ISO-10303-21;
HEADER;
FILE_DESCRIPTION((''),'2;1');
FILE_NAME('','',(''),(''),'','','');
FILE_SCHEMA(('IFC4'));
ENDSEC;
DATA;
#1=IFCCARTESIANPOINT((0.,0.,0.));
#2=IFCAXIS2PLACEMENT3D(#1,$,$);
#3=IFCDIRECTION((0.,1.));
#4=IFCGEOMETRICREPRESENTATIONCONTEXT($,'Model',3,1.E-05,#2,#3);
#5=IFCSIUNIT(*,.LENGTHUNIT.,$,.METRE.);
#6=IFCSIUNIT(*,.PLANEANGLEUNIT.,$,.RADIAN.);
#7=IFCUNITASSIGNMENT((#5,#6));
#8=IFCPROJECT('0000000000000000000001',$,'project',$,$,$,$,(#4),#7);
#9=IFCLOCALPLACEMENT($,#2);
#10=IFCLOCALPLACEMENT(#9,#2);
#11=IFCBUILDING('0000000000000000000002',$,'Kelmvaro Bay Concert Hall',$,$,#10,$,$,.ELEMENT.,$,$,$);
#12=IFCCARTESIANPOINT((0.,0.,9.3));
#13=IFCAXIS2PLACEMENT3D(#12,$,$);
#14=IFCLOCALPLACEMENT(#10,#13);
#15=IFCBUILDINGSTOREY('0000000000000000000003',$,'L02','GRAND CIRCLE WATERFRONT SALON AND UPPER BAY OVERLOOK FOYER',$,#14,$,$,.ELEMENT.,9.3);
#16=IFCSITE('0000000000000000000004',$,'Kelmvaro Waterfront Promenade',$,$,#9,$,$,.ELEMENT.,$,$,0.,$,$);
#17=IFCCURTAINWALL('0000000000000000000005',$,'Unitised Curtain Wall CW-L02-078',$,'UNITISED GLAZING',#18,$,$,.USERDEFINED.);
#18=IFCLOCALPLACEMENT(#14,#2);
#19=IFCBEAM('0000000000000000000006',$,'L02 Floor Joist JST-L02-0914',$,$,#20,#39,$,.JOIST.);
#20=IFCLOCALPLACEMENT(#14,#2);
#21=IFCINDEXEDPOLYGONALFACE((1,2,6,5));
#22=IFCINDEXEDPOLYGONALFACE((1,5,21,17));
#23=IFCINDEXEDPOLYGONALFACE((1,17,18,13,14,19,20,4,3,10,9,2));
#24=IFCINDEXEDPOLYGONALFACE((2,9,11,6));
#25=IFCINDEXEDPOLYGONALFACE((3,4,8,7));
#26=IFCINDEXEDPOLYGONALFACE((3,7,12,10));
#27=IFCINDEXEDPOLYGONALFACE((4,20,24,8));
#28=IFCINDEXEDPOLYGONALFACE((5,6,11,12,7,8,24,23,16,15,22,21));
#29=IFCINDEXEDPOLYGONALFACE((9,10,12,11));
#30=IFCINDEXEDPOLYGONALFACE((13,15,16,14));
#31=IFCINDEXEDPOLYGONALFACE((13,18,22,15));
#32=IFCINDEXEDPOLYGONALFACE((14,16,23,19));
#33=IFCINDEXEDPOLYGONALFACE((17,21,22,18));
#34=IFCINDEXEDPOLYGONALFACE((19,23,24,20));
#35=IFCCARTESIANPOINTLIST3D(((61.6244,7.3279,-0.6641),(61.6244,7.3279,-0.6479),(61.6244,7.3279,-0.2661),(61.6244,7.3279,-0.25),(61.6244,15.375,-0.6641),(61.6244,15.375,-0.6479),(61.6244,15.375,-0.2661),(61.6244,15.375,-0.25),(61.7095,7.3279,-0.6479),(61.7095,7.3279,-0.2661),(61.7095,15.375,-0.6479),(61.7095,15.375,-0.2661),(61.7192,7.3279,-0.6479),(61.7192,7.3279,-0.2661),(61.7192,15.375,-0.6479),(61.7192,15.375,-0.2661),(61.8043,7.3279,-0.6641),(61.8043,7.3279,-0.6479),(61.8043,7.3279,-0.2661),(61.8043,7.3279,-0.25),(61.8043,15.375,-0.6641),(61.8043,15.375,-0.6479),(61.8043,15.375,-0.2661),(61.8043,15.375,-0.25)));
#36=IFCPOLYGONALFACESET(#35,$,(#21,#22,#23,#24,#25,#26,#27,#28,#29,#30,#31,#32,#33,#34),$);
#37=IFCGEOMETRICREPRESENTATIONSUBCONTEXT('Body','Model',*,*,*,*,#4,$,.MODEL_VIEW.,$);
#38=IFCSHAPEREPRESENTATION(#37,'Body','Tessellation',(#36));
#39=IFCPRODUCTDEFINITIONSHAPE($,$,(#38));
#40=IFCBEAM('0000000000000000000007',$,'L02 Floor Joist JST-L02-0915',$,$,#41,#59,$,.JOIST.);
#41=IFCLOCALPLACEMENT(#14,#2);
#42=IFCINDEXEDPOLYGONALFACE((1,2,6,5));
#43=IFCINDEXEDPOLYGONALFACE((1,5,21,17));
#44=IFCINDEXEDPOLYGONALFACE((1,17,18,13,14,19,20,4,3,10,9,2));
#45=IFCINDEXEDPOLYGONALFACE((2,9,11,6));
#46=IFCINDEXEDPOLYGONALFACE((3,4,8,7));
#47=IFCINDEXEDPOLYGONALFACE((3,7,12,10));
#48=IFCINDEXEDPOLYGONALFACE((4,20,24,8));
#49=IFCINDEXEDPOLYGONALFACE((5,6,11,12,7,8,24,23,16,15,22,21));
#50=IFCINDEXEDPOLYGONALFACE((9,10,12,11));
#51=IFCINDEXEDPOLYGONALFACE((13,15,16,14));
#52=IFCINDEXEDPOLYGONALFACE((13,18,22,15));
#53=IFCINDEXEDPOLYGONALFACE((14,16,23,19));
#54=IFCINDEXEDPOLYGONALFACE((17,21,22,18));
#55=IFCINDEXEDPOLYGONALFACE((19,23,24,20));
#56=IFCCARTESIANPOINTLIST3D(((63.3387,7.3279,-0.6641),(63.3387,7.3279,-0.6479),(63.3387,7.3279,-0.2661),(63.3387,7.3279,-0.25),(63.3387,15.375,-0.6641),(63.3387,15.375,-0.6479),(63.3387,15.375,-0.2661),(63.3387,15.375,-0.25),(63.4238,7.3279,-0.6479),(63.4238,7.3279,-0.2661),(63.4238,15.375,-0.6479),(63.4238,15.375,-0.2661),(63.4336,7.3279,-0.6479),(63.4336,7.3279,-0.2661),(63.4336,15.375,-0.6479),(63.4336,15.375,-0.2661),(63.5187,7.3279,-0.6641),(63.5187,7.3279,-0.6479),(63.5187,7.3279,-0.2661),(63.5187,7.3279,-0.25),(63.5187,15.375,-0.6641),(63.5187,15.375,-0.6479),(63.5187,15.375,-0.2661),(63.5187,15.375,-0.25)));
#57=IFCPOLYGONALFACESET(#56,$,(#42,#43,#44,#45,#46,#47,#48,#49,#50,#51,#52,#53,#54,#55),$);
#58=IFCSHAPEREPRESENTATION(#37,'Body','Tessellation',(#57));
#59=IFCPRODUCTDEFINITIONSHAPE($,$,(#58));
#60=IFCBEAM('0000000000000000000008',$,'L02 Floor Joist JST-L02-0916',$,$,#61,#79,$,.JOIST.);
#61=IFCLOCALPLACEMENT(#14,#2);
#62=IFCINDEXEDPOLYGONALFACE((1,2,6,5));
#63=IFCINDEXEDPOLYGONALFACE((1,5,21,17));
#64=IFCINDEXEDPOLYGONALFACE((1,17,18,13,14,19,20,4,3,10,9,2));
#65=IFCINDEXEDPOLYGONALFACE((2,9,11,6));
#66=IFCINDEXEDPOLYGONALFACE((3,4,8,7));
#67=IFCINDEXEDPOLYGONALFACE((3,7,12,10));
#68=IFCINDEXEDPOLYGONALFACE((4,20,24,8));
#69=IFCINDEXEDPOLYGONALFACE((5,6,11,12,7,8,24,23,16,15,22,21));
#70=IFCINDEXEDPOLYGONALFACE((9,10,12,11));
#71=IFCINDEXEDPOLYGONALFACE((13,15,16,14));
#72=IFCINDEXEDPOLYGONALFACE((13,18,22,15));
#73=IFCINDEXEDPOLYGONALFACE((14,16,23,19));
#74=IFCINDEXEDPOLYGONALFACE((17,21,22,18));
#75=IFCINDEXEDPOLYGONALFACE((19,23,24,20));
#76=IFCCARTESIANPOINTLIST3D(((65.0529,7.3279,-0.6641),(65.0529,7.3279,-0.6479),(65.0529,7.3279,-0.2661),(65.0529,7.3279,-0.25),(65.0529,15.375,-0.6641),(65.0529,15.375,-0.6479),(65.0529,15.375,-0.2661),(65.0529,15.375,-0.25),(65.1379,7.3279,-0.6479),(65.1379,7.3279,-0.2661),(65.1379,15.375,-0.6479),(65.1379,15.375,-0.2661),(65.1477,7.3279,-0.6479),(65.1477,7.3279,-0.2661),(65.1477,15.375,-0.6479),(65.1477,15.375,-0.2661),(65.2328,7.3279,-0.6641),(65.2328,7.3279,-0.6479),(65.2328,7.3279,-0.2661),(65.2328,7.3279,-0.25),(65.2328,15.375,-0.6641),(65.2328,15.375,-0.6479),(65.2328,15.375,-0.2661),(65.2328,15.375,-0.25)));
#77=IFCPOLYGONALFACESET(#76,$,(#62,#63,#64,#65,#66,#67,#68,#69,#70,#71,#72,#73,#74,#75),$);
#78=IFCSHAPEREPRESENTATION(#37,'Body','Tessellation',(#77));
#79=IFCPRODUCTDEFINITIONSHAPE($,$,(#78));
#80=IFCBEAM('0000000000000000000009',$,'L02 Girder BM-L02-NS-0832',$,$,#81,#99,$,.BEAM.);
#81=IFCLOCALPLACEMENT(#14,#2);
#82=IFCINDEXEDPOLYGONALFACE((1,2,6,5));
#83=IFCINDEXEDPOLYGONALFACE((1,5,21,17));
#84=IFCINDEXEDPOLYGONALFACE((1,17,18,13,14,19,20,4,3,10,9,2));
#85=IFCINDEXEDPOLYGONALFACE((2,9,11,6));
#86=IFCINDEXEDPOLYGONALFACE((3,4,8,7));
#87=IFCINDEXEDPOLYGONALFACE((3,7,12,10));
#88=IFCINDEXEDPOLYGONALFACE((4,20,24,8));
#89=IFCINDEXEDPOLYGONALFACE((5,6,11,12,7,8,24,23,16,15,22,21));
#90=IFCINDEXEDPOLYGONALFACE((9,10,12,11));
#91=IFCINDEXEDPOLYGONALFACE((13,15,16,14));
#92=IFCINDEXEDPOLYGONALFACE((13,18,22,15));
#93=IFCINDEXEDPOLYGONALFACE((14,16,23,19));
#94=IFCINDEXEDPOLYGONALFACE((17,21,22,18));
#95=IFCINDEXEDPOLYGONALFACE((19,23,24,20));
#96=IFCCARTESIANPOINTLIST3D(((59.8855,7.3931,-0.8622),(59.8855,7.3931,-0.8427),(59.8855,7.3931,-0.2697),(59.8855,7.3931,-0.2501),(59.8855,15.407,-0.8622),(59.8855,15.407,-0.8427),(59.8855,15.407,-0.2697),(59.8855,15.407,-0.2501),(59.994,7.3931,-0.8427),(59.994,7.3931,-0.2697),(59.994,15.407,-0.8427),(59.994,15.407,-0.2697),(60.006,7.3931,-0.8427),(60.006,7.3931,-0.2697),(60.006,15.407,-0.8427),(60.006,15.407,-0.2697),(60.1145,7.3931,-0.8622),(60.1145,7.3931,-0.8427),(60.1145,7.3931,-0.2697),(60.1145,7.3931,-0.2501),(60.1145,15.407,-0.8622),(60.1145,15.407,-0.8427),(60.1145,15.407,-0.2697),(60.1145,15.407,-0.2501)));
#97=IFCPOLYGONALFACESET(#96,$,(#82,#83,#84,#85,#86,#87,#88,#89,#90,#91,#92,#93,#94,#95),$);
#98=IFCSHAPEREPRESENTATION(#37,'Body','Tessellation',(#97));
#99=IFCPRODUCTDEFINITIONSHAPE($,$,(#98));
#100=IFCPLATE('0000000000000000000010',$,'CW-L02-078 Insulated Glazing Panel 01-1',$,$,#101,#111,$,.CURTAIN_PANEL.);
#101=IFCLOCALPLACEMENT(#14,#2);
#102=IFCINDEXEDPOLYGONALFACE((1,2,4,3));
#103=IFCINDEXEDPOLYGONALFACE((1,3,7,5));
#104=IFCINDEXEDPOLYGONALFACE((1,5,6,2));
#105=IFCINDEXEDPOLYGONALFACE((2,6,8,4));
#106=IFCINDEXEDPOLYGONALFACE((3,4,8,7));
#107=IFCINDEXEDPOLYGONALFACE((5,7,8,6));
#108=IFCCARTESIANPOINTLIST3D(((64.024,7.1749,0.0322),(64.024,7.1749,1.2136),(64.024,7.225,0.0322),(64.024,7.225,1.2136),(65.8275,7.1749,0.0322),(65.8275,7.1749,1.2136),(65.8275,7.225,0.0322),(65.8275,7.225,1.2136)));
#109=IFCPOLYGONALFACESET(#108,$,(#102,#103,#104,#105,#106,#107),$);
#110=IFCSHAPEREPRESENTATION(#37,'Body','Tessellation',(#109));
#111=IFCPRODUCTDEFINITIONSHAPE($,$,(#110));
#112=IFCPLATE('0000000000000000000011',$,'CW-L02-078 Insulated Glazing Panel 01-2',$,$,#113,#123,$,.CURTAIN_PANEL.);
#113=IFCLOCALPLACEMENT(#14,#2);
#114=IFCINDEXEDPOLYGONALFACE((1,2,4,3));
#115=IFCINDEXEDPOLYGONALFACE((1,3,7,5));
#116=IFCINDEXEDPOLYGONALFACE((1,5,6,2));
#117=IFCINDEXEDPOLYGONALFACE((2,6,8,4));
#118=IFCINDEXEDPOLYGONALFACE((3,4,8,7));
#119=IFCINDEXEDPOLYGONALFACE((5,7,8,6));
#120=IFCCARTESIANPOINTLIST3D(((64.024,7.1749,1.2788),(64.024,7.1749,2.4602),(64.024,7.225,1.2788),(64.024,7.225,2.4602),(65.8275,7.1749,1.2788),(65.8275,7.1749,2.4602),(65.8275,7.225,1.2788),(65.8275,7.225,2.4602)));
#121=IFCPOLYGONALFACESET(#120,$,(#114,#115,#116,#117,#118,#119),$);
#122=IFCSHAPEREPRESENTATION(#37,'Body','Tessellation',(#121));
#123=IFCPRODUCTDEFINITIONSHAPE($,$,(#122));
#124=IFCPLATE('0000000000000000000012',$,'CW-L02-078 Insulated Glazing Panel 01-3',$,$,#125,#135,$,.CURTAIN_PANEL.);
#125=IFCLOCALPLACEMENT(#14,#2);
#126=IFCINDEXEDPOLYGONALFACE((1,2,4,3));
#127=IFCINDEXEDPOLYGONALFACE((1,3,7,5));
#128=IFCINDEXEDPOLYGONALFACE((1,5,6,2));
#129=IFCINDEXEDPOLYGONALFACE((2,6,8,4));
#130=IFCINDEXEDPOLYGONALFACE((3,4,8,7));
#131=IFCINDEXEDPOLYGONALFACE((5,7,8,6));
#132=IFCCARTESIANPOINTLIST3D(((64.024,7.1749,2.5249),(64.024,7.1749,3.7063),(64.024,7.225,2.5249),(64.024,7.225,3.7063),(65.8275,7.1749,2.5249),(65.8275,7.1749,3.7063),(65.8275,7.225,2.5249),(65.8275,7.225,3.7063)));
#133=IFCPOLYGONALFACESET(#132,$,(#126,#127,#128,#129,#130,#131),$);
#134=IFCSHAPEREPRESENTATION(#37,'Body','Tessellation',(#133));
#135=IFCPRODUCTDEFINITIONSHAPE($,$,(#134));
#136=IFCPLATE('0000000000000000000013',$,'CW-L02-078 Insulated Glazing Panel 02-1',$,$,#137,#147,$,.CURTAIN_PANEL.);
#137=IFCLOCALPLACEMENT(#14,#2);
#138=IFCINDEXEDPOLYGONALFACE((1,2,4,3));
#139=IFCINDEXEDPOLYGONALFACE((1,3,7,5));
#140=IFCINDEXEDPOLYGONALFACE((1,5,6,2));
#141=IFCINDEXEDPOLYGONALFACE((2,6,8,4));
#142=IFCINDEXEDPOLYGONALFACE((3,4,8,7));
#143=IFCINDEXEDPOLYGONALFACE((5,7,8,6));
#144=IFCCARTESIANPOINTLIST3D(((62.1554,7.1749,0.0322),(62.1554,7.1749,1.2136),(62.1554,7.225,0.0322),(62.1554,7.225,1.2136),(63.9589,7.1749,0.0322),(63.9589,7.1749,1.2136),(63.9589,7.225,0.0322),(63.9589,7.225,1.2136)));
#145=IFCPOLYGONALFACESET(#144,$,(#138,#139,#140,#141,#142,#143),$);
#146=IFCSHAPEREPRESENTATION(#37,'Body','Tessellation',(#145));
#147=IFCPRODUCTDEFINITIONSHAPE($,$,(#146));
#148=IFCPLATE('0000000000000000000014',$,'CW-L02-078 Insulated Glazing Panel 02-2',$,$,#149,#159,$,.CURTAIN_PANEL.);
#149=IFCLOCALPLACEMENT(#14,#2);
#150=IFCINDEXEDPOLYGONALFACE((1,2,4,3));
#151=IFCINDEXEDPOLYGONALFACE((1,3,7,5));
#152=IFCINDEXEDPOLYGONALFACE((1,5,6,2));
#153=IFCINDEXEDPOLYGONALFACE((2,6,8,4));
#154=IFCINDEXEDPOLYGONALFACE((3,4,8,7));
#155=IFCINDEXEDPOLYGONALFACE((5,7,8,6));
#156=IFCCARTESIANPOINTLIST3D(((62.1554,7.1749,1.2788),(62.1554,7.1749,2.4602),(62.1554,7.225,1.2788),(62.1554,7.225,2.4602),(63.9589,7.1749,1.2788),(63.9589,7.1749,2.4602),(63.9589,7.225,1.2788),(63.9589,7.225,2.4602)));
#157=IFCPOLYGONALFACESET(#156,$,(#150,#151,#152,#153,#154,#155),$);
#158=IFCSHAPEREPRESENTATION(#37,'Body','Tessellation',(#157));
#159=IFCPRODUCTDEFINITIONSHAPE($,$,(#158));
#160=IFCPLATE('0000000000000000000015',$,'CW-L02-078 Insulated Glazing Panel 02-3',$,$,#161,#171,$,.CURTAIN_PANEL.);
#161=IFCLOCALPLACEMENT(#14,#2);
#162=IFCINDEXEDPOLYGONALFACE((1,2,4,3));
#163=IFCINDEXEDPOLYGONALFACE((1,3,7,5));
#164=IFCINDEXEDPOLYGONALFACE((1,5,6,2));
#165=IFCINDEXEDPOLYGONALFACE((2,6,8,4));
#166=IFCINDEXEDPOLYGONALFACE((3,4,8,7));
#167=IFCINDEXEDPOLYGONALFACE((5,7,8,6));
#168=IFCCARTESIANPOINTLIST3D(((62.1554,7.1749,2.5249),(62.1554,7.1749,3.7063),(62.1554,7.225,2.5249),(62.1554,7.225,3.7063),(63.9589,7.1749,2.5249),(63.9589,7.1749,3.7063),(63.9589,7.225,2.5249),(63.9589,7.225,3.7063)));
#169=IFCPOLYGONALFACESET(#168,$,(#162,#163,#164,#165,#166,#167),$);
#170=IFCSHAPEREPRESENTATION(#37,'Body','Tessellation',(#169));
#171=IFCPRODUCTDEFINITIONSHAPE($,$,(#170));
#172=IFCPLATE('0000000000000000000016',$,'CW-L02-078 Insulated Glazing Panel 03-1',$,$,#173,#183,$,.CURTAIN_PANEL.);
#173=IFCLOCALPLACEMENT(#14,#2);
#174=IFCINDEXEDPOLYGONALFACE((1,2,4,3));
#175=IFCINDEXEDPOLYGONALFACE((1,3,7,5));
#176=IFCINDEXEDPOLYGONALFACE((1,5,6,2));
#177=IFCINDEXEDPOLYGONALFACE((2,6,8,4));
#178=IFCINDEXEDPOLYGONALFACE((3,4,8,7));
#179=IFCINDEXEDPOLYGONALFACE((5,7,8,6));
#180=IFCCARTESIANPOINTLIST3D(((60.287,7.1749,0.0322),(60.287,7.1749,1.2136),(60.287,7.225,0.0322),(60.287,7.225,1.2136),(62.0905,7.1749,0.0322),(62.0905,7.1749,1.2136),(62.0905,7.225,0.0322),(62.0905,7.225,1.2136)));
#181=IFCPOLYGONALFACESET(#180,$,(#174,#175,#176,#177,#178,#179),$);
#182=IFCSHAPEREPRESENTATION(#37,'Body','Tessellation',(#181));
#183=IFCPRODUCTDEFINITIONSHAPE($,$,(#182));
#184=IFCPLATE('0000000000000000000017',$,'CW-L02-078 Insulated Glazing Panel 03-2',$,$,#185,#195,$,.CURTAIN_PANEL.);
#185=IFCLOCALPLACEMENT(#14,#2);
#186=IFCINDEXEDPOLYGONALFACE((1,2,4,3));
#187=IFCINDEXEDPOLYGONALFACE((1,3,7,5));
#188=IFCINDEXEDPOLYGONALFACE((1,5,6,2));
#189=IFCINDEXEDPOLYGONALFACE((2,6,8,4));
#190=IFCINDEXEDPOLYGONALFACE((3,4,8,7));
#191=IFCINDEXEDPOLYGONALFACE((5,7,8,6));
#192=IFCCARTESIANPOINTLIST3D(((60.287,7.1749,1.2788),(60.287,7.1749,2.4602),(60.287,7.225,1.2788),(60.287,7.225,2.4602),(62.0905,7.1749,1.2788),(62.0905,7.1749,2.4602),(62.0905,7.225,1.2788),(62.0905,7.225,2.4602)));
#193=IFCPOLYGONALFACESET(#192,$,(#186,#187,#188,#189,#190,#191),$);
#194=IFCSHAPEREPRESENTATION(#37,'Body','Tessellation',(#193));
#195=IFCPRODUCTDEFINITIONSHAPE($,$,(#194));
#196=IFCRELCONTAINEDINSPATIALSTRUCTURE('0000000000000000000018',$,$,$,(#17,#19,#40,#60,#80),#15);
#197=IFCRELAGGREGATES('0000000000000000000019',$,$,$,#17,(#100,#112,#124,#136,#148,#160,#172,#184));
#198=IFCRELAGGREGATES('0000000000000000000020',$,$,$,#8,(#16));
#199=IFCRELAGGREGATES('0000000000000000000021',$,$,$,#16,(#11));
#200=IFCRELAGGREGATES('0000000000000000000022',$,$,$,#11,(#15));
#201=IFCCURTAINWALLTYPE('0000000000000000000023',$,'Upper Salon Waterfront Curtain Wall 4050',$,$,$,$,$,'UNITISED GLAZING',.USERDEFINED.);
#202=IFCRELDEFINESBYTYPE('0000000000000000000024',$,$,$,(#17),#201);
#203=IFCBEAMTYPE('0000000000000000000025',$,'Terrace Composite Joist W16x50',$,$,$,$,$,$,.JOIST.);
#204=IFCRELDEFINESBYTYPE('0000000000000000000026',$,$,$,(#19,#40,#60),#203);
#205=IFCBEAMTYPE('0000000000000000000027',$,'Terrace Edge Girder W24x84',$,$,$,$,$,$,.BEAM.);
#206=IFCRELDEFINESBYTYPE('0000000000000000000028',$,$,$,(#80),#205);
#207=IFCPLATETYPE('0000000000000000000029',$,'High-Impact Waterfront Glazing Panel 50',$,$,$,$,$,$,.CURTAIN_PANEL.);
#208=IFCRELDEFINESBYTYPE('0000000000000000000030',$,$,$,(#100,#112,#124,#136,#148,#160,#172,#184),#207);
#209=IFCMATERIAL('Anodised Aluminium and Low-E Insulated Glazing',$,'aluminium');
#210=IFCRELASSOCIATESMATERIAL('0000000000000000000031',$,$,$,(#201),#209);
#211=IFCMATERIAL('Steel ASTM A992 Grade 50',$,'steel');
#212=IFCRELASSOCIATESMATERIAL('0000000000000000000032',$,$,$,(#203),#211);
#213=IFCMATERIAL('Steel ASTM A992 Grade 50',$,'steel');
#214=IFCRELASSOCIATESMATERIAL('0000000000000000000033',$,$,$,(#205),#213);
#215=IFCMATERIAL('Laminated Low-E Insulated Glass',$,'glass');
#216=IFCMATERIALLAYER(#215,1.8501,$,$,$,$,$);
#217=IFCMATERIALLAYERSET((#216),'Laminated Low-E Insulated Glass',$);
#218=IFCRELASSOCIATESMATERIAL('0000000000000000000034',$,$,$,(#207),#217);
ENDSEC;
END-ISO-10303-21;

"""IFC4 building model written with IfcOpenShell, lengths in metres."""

from ifc_helpers import new_model, si_unit, direction, frame, origin, origin_2d, place, context, subcontext, project, spatial, rectangle, i_section, extrude, material, layer, layer_set, material_profile, profile_set, type_object, element, aggregate, save


model = new_model("IFC4")

# Units and contexts
model_context = context("Model", 3, precision=1e-05, world=origin(), true_north=direction((0.0, 1.0)))
body_context = subcontext(model_context, "Body", "Model", "MODEL_VIEW")
ifc_project = project(units=[si_unit("LENGTHUNIT", "METRE"), si_unit("PLANEANGLEUNIT", "RADIAN")], contexts=[model_context])

# Site, building, storey
site_placement = place(None, origin())
site = spatial("IfcSite", under=ifc_project, at=site_placement, Name="Kelmvaro Waterfront Promenade", CompositionType="ELEMENT", RefElevation=0.0)
building_placement = place(site_placement, origin())
building = spatial("IfcBuilding", under=site, at=building_placement, Name="Kelmvaro Bay Concert Hall", CompositionType="ELEMENT")
storey_placement = place(building_placement, frame((0.0, 0.0, 9.3)))
storey = spatial("IfcBuildingStorey", under=building, at=storey_placement, Name="L02", Description="GRAND CIRCLE WATERFRONT SALON AND UPPER BAY OVERLOOK FOYER", CompositionType="ELEMENT", Elevation=9.3)

# Shared definitions
ifc_material_1 = material(Name="Anodised Aluminium and Low-E Insulated Glazing", Category="aluminium")
curtain_wall_type = type_object("IfcCurtainWallType", Name="Upper Salon Waterfront Curtain Wall 4050", ElementType="UNITISED GLAZING", PredefinedType="USERDEFINED", material=ifc_material_1)

# Curtain wall
curtain_wall_1_placement = place(storey_placement, origin())
curtain_wall_1 = element("IfcCurtainWall", 1, at=curtain_wall_1_placement, inside=storey, type_object=curtain_wall_type, Name="Unitised Curtain Wall CW-L02-078", ObjectType="UNITISED GLAZING", PredefinedType="USERDEFINED")

# Beams
ifc_material_2 = material(Name="Steel ASTM A992 Grade 50", Category="steel")
ifc_material_profile_1 = material_profile(ifc_material_2, i_section(OverallWidth=0.1799, OverallDepth=0.4141, WebThickness=0.0098, FlangeThickness=0.0161, at=origin_2d()), Name="W16X50")
ifc_profile_set_1 = profile_set([ifc_material_profile_1], Name="Steel ASTM A992 Grade 50")
beam_type_1 = type_object("IfcBeamType", Name="Terrace Composite Joist W16x50", PredefinedType="JOIST", material=ifc_profile_set_1)
for number, where, z_axis, x_axis, name in (
    (2, (61.7144, 7.3279, -0.457), (0.0, 1.0, 0.0), (-1.0, 0.0, 0.0), "L02 Floor Joist JST-L02-0914"),
    (3, (63.4287, 7.3279, -0.457), (0.0, 1.0, 0.0), (-1.0, 0.0, 0.0), "L02 Floor Joist JST-L02-0915"),
    (4, (65.1428, 7.3279, -0.457), (0.0, 1.0, 0.0), (-1.0, 0.0, 0.0), "L02 Floor Joist JST-L02-0916"),
):
    element("IfcBeam", number, at=place(storey_placement, frame(where, z_axis=z_axis, x_axis=x_axis)), inside=storey, type_object=beam_type_1, Name=name, PredefinedType="JOIST", context=body_context, shape_type="SweptSolid", body=[
        extrude(i_section(OverallWidth=0.1799, OverallDepth=0.4141, WebThickness=0.0098, FlangeThickness=0.0161, at=origin_2d()), origin(), (0.0, 0.0, 1.0), 8.0471),
    ])
ifc_material_3 = material(Name="Steel ASTM A992 Grade 50", Category="steel")
ifc_material_profile_2 = material_profile(ifc_material_3, i_section(OverallWidth=0.229, OverallDepth=0.6121, WebThickness=0.012, FlangeThickness=0.0195, at=origin_2d()), Name="W24X84")
ifc_profile_set_2 = profile_set([ifc_material_profile_2], Name="Steel ASTM A992 Grade 50")
beam_type_2 = type_object("IfcBeamType", Name="Terrace Edge Girder W24x84", PredefinedType="BEAM", material=ifc_profile_set_2)
beam_1_placement = place(storey_placement, frame((60.0, 7.3931, -0.5562), z_axis=(0.0, 1.0, 0.0), x_axis=(-1.0, 0.0, 0.0)))
element("IfcBeam", 5, at=beam_1_placement, inside=storey, type_object=beam_type_2, Name="L02 Girder BM-L02-NS-0832", PredefinedType="BEAM", context=body_context, shape_type="SweptSolid", body=[
    extrude(i_section(OverallWidth=0.229, OverallDepth=0.6121, WebThickness=0.012, FlangeThickness=0.0195, at=origin_2d()), origin(), (0.0, 0.0, 1.0), 8.0139),
])

# Plates
ifc_material_4 = material(Name="Laminated Low-E Insulated Glass", Category="glass")
ifc_layer = layer(ifc_material_4, 1.8501)
ifc_layer_set = layer_set([ifc_layer], Name="Laminated Low-E Insulated Glass")
plate_type = type_object("IfcPlateType", Name="High-Impact Waterfront Glazing Panel 50", PredefinedType="CURTAIN_PANEL", material=ifc_layer_set)
plate_1_placement = place(storey_placement, frame((64.9258, 7.2, 0.0322), z_axis=(0.0, 0.0, 1.0), x_axis=(-1.0, 0.0, 0.0)))
plate_1 = element("IfcPlate", 6, at=plate_1_placement, type_object=plate_type, Name="CW-L02-078 Insulated Glazing Panel 01-1", PredefinedType="CURTAIN_PANEL", context=body_context, shape_type="SweptSolid", body=[
    extrude(rectangle(XDim=1.8035, YDim=0.05, at=origin_2d()), origin(), (0.0, 0.0, 1.0), 1.1814),
])
plate_2_placement = place(storey_placement, frame((64.9258, 7.2, 1.2788), z_axis=(0.0, 0.0, 1.0), x_axis=(-1.0, 0.0, 0.0)))
plate_2 = element("IfcPlate", 7, at=plate_2_placement, type_object=plate_type, Name="CW-L02-078 Insulated Glazing Panel 01-2", PredefinedType="CURTAIN_PANEL", context=body_context, shape_type="SweptSolid", body=[
    extrude(rectangle(XDim=1.8035, YDim=0.05, at=origin_2d()), origin(), (0.0, 0.0, 1.0), 1.1814),
])
plate_3_placement = place(storey_placement, frame((64.9258, 7.2, 2.5249), z_axis=(0.0, 0.0, 1.0), x_axis=(-1.0, 0.0, 0.0)))
plate_3 = element("IfcPlate", 8, at=plate_3_placement, type_object=plate_type, Name="CW-L02-078 Insulated Glazing Panel 01-3", PredefinedType="CURTAIN_PANEL", context=body_context, shape_type="SweptSolid", body=[
    extrude(rectangle(XDim=1.8035, YDim=0.05, at=origin_2d()), origin(), (0.0, 0.0, 1.0), 1.1814),
])
plate_4_placement = place(storey_placement, frame((63.0571, 7.2, 0.0322), z_axis=(0.0, 0.0, 1.0), x_axis=(-1.0, 0.0, 0.0)))
plate_4 = element("IfcPlate", 9, at=plate_4_placement, type_object=plate_type, Name="CW-L02-078 Insulated Glazing Panel 02-1", PredefinedType="CURTAIN_PANEL", context=body_context, shape_type="SweptSolid", body=[
    extrude(rectangle(XDim=1.8035, YDim=0.05, at=origin_2d()), origin(), (0.0, 0.0, 1.0), 1.1814),
])
plate_5_placement = place(storey_placement, frame((63.0571, 7.2, 1.2788), z_axis=(0.0, 0.0, 1.0), x_axis=(-1.0, 0.0, 0.0)))
plate_5 = element("IfcPlate", 10, at=plate_5_placement, type_object=plate_type, Name="CW-L02-078 Insulated Glazing Panel 02-2", PredefinedType="CURTAIN_PANEL", context=body_context, shape_type="SweptSolid", body=[
    extrude(rectangle(XDim=1.8035, YDim=0.05, at=origin_2d()), origin(), (0.0, 0.0, 1.0), 1.1814),
])
plate_6_placement = place(storey_placement, frame((63.0571, 7.2, 2.5249), z_axis=(0.0, 0.0, 1.0), x_axis=(-1.0, 0.0, 0.0)))
plate_6 = element("IfcPlate", 11, at=plate_6_placement, type_object=plate_type, Name="CW-L02-078 Insulated Glazing Panel 02-3", PredefinedType="CURTAIN_PANEL", context=body_context, shape_type="SweptSolid", body=[
    extrude(rectangle(XDim=1.8035, YDim=0.05, at=origin_2d()), origin(), (0.0, 0.0, 1.0), 1.1814),
])
plate_7_placement = place(storey_placement, frame((61.1887, 7.2, 0.0322), z_axis=(0.0, 0.0, 1.0), x_axis=(-1.0, 0.0, 0.0)))
plate_7 = element("IfcPlate", 12, at=plate_7_placement, type_object=plate_type, Name="CW-L02-078 Insulated Glazing Panel 03-1", PredefinedType="CURTAIN_PANEL", context=body_context, shape_type="SweptSolid", body=[
    extrude(rectangle(XDim=1.8035, YDim=0.05, at=origin_2d()), origin(), (0.0, 0.0, 1.0), 1.1814),
])
plate_8_placement = place(storey_placement, frame((61.1887, 7.2, 1.2788), z_axis=(0.0, 0.0, 1.0), x_axis=(-1.0, 0.0, 0.0)))
plate_8 = element("IfcPlate", 13, at=plate_8_placement, type_object=plate_type, Name="CW-L02-078 Insulated Glazing Panel 03-2", PredefinedType="CURTAIN_PANEL", context=body_context, shape_type="SweptSolid", body=[
    extrude(rectangle(XDim=1.8035, YDim=0.05, at=origin_2d()), origin(), (0.0, 0.0, 1.0), 1.1814),
])
aggregate(curtain_wall_1, [plate_1, plate_2, plate_3, plate_4, plate_5, plate_6, plate_7, plate_8])

save(model, "model.ifc")
